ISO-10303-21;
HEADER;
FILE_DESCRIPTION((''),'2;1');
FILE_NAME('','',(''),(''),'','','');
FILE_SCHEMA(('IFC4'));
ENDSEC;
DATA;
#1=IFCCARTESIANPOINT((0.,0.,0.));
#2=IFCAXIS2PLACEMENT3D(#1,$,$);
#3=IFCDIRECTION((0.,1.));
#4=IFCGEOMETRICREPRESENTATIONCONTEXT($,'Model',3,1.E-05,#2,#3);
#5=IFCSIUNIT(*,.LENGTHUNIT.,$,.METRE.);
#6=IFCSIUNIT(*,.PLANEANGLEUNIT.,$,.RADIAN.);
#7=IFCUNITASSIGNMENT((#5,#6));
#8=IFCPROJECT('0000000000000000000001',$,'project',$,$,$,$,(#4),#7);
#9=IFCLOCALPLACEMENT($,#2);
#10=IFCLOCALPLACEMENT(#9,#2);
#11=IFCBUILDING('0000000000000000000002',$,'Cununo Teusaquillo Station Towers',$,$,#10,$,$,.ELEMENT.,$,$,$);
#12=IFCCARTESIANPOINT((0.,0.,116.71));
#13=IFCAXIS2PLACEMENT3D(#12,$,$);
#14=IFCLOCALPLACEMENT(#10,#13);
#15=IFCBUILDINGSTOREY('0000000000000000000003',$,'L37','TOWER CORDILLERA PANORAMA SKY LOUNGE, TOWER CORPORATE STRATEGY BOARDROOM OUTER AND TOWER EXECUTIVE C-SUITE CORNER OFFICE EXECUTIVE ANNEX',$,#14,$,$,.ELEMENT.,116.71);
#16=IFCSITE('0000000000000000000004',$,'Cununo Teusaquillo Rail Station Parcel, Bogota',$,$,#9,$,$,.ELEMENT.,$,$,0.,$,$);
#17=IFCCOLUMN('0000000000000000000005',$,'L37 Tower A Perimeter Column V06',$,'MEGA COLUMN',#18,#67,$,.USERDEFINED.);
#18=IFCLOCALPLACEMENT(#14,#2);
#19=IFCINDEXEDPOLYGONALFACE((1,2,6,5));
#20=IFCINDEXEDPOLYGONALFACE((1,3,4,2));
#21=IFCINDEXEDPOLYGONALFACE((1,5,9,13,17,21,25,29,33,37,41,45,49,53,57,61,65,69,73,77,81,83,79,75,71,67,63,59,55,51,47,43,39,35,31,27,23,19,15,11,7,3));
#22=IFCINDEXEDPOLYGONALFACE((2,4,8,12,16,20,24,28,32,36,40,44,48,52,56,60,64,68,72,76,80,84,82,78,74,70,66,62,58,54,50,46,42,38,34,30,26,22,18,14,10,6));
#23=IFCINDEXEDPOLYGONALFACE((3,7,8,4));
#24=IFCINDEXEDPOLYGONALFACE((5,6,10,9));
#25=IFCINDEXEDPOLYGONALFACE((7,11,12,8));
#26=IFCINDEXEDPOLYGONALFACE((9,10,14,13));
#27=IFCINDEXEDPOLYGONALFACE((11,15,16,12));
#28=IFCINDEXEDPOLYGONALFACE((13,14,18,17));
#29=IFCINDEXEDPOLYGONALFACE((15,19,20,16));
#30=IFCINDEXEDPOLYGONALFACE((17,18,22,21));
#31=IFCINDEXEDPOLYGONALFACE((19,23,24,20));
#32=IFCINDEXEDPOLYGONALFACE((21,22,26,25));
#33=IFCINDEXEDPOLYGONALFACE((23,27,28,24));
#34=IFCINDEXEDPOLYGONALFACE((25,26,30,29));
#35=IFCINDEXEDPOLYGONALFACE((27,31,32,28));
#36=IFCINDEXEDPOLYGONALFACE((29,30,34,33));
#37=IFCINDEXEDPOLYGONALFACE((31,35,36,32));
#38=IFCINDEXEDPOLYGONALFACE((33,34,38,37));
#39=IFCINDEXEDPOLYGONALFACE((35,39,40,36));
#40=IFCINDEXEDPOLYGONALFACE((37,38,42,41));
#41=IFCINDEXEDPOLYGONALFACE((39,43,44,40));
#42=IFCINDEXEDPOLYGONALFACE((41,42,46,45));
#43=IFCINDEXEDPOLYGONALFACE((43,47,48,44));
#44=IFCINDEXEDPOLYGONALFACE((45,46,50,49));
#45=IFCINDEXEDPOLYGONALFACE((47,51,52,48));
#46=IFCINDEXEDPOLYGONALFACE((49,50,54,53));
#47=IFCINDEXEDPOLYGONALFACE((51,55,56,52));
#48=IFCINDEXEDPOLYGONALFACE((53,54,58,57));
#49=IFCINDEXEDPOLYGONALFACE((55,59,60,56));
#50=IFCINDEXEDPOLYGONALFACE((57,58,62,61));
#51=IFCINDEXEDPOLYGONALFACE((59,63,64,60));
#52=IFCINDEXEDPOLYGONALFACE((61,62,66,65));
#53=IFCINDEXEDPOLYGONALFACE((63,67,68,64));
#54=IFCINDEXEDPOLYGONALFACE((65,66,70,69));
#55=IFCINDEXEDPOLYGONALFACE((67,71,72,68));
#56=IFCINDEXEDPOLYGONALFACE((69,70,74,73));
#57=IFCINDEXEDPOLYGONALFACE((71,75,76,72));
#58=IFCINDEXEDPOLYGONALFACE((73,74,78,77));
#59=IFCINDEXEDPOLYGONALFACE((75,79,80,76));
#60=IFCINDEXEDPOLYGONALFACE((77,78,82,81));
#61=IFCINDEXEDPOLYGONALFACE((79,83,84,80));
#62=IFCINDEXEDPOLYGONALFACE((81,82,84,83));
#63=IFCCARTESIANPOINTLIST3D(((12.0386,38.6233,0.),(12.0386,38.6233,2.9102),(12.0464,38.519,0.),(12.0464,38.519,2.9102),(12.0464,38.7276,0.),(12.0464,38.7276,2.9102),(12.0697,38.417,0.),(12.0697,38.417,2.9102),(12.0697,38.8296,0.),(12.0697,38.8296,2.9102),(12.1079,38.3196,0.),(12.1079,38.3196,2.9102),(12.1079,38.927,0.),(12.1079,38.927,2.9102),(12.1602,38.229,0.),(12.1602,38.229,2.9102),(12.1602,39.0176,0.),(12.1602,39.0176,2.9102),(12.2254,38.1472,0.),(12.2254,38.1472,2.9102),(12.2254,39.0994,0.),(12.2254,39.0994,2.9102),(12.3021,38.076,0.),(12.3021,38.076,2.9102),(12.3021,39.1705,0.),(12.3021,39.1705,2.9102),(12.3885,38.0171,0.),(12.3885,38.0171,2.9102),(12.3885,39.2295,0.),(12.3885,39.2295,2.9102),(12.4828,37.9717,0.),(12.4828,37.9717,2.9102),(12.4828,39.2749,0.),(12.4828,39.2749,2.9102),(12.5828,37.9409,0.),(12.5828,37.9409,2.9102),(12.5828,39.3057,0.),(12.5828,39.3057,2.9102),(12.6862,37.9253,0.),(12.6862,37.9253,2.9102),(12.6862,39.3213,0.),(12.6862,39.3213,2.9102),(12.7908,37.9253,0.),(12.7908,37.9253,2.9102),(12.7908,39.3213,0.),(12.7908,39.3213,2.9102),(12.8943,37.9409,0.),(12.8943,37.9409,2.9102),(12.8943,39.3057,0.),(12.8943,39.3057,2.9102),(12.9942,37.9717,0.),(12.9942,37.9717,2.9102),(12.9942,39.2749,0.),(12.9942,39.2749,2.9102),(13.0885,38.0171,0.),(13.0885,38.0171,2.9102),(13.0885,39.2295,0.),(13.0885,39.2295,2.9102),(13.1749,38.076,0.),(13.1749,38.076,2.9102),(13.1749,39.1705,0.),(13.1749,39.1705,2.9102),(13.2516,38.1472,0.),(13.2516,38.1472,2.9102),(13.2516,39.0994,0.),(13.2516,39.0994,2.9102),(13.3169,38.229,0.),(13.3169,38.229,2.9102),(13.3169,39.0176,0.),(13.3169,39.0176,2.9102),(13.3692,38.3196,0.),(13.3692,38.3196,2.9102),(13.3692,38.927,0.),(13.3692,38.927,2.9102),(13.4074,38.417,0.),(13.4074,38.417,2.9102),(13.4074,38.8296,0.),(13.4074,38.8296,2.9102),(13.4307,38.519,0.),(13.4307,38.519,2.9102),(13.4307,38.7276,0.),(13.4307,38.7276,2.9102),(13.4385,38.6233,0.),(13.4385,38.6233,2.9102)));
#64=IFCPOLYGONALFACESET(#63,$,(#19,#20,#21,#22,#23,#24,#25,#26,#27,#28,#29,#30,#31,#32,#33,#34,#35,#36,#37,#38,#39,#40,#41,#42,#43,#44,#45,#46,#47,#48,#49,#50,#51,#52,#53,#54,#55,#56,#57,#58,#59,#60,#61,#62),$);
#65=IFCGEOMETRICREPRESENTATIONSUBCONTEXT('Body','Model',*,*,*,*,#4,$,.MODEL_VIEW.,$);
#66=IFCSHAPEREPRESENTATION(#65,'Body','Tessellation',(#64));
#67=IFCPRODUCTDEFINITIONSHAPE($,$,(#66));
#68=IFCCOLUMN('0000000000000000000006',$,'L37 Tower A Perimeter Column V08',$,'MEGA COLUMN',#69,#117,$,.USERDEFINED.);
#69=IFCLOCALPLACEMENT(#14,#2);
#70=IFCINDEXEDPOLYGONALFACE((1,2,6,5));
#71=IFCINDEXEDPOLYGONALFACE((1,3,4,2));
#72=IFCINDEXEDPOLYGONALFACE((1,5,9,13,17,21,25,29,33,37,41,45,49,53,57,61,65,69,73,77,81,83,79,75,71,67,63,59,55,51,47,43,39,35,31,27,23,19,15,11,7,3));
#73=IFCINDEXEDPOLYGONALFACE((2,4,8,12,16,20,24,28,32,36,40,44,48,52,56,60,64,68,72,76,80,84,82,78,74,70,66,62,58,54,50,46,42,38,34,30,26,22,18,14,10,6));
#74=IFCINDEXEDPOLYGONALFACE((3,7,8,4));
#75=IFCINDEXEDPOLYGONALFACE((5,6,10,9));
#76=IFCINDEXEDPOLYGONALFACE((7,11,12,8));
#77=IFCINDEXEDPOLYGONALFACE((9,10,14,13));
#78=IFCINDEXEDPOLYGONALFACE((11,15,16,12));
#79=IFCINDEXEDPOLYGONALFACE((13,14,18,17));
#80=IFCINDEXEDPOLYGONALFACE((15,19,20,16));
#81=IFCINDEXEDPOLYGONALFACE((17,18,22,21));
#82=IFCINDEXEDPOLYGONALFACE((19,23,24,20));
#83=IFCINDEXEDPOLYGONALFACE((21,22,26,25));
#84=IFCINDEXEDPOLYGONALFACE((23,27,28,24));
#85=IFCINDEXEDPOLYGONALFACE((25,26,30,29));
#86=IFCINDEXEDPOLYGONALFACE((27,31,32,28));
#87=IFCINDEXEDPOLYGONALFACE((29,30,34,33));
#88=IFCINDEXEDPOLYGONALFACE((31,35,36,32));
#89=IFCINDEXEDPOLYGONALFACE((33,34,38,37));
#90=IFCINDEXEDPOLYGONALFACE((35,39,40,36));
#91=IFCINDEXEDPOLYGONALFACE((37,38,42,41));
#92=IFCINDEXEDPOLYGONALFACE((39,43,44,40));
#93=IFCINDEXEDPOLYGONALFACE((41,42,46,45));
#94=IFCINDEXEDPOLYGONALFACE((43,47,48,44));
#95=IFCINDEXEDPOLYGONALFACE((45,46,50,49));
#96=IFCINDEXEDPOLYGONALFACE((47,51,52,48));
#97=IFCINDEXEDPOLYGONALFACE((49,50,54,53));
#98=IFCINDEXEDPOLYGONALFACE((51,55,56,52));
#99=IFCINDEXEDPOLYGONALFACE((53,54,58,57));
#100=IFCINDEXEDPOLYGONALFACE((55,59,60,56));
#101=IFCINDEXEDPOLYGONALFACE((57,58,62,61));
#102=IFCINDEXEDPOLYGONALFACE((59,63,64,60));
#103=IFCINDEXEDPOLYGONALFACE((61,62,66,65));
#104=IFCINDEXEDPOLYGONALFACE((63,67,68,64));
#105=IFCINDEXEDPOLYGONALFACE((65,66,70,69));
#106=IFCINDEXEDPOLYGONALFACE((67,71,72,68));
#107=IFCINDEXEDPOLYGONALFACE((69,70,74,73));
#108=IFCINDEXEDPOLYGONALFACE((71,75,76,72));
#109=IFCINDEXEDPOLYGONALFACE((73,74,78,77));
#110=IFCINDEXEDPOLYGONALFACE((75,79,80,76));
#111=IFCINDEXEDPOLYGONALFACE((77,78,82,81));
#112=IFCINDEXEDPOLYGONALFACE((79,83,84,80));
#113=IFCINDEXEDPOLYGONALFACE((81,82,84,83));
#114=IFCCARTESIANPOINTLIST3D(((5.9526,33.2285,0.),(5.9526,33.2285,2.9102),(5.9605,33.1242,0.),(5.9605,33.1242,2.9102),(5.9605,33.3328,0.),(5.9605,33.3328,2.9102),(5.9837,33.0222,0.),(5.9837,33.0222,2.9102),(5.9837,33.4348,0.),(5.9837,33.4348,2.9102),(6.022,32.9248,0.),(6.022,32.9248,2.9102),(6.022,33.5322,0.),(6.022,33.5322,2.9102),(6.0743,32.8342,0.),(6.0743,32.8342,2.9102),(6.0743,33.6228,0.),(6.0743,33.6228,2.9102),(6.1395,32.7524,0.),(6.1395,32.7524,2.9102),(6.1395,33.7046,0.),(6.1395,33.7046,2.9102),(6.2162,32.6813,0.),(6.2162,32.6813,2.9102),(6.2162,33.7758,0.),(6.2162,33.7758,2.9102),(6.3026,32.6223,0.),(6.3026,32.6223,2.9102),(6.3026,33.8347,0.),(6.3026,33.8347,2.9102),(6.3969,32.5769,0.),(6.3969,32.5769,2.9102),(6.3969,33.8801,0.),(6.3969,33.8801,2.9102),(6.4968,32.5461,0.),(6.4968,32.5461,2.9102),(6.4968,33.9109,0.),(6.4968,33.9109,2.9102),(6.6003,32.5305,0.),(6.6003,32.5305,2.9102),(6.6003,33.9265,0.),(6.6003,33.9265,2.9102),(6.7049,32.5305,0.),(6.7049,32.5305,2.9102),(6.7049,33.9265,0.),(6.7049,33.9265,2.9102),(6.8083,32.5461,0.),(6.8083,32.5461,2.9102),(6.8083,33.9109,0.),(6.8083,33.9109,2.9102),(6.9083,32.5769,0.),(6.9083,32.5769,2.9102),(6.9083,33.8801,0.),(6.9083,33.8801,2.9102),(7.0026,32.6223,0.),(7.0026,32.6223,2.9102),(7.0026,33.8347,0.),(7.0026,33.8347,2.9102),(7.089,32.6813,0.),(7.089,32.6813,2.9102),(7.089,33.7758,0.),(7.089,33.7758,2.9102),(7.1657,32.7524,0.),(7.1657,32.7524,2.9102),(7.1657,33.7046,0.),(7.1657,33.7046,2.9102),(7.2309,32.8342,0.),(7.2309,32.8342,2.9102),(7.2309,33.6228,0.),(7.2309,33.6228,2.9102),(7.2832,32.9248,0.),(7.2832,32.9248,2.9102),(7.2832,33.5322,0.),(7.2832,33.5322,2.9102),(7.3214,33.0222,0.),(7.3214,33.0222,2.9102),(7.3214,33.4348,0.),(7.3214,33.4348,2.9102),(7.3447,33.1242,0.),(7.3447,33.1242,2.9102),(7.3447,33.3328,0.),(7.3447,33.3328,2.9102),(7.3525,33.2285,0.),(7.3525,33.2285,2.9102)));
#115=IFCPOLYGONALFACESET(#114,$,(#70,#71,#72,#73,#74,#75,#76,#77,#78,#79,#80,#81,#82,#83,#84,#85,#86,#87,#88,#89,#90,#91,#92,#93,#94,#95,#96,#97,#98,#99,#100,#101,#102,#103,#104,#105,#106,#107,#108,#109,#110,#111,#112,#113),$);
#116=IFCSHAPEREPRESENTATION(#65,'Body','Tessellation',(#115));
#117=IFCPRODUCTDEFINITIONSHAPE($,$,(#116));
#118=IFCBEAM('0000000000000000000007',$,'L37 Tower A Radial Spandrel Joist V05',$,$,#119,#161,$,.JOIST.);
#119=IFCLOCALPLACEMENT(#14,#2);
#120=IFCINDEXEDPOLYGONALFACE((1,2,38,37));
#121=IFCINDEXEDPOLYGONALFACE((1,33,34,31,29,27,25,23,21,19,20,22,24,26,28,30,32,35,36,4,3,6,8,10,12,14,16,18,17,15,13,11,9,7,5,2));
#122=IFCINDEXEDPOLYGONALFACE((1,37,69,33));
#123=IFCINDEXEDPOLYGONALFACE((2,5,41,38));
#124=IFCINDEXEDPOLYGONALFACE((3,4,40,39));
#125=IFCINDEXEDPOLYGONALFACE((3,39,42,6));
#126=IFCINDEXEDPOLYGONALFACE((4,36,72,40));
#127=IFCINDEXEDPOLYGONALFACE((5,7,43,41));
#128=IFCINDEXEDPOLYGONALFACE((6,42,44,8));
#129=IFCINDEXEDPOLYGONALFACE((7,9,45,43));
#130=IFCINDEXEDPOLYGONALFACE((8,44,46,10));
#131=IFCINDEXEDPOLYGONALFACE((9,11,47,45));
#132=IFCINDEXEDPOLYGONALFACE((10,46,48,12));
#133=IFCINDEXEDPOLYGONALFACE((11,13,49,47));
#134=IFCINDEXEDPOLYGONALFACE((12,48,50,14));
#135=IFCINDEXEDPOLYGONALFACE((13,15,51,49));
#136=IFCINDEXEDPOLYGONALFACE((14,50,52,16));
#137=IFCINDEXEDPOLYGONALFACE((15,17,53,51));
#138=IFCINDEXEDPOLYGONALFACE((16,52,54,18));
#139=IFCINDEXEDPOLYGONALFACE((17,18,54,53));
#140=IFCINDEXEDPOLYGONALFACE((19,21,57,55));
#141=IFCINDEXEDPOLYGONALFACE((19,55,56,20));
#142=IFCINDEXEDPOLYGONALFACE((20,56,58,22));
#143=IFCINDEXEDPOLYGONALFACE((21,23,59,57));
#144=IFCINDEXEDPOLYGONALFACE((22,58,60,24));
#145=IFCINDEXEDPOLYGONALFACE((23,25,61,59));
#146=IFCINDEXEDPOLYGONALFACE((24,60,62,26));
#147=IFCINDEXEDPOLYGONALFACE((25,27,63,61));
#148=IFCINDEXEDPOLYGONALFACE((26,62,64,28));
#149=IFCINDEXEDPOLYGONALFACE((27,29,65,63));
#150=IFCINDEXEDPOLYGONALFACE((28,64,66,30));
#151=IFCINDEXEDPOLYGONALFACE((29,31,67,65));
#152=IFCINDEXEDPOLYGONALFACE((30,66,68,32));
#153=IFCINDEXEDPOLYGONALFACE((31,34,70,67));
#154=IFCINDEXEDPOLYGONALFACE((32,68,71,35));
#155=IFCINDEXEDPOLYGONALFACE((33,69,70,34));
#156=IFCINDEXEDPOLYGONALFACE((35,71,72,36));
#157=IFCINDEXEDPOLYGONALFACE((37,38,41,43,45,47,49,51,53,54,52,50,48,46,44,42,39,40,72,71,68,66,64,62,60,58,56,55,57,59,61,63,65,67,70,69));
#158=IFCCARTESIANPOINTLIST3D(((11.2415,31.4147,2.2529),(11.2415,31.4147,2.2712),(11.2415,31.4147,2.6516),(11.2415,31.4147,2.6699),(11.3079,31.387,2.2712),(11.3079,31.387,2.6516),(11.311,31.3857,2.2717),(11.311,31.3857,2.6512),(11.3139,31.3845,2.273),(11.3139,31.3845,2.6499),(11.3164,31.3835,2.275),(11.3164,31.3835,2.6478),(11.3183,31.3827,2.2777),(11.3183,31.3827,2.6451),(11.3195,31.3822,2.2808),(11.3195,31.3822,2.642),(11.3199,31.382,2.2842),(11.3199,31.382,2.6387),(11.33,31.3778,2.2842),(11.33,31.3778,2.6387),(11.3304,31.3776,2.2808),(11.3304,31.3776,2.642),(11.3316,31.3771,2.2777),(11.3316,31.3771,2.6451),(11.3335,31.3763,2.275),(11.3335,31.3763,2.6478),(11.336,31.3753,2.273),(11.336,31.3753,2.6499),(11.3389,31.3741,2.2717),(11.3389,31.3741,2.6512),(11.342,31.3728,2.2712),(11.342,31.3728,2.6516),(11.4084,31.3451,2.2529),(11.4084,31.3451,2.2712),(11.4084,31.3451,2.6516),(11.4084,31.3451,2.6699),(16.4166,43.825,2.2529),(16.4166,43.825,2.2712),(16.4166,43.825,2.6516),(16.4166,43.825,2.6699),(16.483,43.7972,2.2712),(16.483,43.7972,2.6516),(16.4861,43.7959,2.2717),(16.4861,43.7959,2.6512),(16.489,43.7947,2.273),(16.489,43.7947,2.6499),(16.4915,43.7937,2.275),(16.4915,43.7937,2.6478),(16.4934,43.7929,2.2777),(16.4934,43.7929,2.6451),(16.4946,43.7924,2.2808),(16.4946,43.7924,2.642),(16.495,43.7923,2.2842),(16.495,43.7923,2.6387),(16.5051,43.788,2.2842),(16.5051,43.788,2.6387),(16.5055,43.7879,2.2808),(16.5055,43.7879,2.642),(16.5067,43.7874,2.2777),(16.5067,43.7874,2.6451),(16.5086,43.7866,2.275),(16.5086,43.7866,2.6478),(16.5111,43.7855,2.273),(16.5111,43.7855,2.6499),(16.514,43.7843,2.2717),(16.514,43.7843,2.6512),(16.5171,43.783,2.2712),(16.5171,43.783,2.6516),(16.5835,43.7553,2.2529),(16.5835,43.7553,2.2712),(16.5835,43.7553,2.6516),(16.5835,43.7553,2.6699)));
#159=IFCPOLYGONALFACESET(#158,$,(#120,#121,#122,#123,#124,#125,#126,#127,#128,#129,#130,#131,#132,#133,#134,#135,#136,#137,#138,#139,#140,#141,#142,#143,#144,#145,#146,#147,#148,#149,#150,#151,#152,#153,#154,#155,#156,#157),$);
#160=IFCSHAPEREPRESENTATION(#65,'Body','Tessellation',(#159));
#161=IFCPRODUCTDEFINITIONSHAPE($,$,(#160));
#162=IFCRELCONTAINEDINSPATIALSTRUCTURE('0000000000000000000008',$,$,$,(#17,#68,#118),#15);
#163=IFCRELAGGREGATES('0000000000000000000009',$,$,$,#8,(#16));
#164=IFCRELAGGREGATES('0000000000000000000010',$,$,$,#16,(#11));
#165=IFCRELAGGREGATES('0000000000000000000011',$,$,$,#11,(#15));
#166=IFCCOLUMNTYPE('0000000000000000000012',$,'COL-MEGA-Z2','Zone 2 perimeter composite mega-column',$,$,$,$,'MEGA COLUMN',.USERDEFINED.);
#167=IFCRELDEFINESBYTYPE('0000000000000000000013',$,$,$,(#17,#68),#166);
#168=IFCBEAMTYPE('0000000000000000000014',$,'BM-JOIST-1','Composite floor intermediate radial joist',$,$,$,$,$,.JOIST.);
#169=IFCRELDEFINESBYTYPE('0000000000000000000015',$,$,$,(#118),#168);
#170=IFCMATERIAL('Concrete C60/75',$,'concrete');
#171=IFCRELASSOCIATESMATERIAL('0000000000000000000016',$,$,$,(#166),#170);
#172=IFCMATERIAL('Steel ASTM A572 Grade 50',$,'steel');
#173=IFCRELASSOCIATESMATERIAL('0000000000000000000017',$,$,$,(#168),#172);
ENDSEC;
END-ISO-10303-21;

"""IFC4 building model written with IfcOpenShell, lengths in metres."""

from ifc_helpers import new_model, si_unit, direction, frame, origin, origin_2d, place, context, subcontext, project, spatial, circle, i_section, extrude, material, material_profile, profile_set, type_object, element, save


model = new_model("IFC4")

# Units and contexts
model_context = context("Model", 3, precision=1e-05, world=origin(), true_north=direction((0.0, 1.0)))
body_context = subcontext(model_context, "Body", "Model", "MODEL_VIEW")
ifc_project = project(units=[si_unit("LENGTHUNIT", "METRE"), si_unit("PLANEANGLEUNIT", "RADIAN")], contexts=[model_context])

# Site, building, storey
site_placement = place(None, origin())
site = spatial("IfcSite", under=ifc_project, at=site_placement, Name="Cununo Teusaquillo Rail Station Parcel, Bogota", CompositionType="ELEMENT", RefElevation=0.0)
building_placement = place(site_placement, origin())
building = spatial("IfcBuilding", under=site, at=building_placement, Name="Cununo Teusaquillo Station Towers", CompositionType="ELEMENT")
storey_placement = place(building_placement, frame((0.0, 0.0, 116.71)))
storey = spatial("IfcBuildingStorey", under=building, at=storey_placement, Name="L37", Description="TOWER CORDILLERA PANORAMA SKY LOUNGE, TOWER CORPORATE STRATEGY BOARDROOM OUTER AND TOWER EXECUTIVE C-SUITE CORNER OFFICE EXECUTIVE ANNEX", CompositionType="ELEMENT", Elevation=116.71)

# Columns
ifc_material_1 = material(Name="Concrete C60/75", Category="concrete")
ifc_material_profile_1 = material_profile(ifc_material_1, circle(Radius=0.7, at=origin_2d()), Name="RC-CIRC-1400")
ifc_profile_set_1 = profile_set([ifc_material_profile_1], Name="Concrete C60/75")
column_type = type_object("IfcColumnType", Name="COL-MEGA-Z2", Description="Zone 2 perimeter composite mega-column", ElementType="MEGA COLUMN", PredefinedType="USERDEFINED", material=ifc_profile_set_1)
for number, where, z_axis, x_axis, name in (
    (1, (12.7385, 38.6233, 0.0), (0.0, 0.0, 1.0), (1.0, 0.0, 0.0), "L37 Tower A Perimeter Column V06"),
    (2, (6.6526, 33.2285, 0.0), (0.0, 0.0, 1.0), (1.0, 0.0, 0.0), "L37 Tower A Perimeter Column V08"),
):
    element("IfcColumn", number, at=place(storey_placement, frame(where, z_axis=z_axis, x_axis=x_axis)), inside=storey, type_object=column_type, Name=name, ObjectType="MEGA COLUMN", PredefinedType="USERDEFINED", context=body_context, shape_type="SweptSolid", body=[
        extrude(circle(Radius=0.7, at=origin_2d()), origin(), (0.0, 0.0, 1.0), 2.9102),
    ])

# Beam
ifc_material_2 = material(Name="Steel ASTM A572 Grade 50", Category="steel")
ifc_material_profile_2 = material_profile(ifc_material_2, i_section(OverallWidth=0.1809, OverallDepth=0.417, WebThickness=0.011, FlangeThickness=0.0183, FilletRadius=0.0129, at=origin_2d()), Name="W16X57")
ifc_profile_set_2 = profile_set([ifc_material_profile_2], Name="Steel ASTM A572 Grade 50")
beam_type_1 = type_object("IfcBeamType", Name="BM-JOIST-1", Description="Composite floor intermediate radial joist", PredefinedType="JOIST", material=ifc_profile_set_2)
beam_1_placement = place(storey_placement, frame((11.325, 31.3799, 2.4614), z_axis=(0.384878, 0.922967, 0.0), x_axis=(-0.922967, 0.384878, 0.0)))
element("IfcBeam", 3, at=beam_1_placement, inside=storey, type_object=beam_type_1, Name="L37 Tower A Radial Spandrel Joist V05", PredefinedType="JOIST", context=body_context, shape_type="SweptSolid", body=[
    extrude(i_section(OverallWidth=0.1809, OverallDepth=0.417, WebThickness=0.011, FlangeThickness=0.0183, FilletRadius=0.0129, at=origin_2d()), origin(), (0.0, 0.0, 1.0), 13.446),
])

save(model, "model.ifc")
